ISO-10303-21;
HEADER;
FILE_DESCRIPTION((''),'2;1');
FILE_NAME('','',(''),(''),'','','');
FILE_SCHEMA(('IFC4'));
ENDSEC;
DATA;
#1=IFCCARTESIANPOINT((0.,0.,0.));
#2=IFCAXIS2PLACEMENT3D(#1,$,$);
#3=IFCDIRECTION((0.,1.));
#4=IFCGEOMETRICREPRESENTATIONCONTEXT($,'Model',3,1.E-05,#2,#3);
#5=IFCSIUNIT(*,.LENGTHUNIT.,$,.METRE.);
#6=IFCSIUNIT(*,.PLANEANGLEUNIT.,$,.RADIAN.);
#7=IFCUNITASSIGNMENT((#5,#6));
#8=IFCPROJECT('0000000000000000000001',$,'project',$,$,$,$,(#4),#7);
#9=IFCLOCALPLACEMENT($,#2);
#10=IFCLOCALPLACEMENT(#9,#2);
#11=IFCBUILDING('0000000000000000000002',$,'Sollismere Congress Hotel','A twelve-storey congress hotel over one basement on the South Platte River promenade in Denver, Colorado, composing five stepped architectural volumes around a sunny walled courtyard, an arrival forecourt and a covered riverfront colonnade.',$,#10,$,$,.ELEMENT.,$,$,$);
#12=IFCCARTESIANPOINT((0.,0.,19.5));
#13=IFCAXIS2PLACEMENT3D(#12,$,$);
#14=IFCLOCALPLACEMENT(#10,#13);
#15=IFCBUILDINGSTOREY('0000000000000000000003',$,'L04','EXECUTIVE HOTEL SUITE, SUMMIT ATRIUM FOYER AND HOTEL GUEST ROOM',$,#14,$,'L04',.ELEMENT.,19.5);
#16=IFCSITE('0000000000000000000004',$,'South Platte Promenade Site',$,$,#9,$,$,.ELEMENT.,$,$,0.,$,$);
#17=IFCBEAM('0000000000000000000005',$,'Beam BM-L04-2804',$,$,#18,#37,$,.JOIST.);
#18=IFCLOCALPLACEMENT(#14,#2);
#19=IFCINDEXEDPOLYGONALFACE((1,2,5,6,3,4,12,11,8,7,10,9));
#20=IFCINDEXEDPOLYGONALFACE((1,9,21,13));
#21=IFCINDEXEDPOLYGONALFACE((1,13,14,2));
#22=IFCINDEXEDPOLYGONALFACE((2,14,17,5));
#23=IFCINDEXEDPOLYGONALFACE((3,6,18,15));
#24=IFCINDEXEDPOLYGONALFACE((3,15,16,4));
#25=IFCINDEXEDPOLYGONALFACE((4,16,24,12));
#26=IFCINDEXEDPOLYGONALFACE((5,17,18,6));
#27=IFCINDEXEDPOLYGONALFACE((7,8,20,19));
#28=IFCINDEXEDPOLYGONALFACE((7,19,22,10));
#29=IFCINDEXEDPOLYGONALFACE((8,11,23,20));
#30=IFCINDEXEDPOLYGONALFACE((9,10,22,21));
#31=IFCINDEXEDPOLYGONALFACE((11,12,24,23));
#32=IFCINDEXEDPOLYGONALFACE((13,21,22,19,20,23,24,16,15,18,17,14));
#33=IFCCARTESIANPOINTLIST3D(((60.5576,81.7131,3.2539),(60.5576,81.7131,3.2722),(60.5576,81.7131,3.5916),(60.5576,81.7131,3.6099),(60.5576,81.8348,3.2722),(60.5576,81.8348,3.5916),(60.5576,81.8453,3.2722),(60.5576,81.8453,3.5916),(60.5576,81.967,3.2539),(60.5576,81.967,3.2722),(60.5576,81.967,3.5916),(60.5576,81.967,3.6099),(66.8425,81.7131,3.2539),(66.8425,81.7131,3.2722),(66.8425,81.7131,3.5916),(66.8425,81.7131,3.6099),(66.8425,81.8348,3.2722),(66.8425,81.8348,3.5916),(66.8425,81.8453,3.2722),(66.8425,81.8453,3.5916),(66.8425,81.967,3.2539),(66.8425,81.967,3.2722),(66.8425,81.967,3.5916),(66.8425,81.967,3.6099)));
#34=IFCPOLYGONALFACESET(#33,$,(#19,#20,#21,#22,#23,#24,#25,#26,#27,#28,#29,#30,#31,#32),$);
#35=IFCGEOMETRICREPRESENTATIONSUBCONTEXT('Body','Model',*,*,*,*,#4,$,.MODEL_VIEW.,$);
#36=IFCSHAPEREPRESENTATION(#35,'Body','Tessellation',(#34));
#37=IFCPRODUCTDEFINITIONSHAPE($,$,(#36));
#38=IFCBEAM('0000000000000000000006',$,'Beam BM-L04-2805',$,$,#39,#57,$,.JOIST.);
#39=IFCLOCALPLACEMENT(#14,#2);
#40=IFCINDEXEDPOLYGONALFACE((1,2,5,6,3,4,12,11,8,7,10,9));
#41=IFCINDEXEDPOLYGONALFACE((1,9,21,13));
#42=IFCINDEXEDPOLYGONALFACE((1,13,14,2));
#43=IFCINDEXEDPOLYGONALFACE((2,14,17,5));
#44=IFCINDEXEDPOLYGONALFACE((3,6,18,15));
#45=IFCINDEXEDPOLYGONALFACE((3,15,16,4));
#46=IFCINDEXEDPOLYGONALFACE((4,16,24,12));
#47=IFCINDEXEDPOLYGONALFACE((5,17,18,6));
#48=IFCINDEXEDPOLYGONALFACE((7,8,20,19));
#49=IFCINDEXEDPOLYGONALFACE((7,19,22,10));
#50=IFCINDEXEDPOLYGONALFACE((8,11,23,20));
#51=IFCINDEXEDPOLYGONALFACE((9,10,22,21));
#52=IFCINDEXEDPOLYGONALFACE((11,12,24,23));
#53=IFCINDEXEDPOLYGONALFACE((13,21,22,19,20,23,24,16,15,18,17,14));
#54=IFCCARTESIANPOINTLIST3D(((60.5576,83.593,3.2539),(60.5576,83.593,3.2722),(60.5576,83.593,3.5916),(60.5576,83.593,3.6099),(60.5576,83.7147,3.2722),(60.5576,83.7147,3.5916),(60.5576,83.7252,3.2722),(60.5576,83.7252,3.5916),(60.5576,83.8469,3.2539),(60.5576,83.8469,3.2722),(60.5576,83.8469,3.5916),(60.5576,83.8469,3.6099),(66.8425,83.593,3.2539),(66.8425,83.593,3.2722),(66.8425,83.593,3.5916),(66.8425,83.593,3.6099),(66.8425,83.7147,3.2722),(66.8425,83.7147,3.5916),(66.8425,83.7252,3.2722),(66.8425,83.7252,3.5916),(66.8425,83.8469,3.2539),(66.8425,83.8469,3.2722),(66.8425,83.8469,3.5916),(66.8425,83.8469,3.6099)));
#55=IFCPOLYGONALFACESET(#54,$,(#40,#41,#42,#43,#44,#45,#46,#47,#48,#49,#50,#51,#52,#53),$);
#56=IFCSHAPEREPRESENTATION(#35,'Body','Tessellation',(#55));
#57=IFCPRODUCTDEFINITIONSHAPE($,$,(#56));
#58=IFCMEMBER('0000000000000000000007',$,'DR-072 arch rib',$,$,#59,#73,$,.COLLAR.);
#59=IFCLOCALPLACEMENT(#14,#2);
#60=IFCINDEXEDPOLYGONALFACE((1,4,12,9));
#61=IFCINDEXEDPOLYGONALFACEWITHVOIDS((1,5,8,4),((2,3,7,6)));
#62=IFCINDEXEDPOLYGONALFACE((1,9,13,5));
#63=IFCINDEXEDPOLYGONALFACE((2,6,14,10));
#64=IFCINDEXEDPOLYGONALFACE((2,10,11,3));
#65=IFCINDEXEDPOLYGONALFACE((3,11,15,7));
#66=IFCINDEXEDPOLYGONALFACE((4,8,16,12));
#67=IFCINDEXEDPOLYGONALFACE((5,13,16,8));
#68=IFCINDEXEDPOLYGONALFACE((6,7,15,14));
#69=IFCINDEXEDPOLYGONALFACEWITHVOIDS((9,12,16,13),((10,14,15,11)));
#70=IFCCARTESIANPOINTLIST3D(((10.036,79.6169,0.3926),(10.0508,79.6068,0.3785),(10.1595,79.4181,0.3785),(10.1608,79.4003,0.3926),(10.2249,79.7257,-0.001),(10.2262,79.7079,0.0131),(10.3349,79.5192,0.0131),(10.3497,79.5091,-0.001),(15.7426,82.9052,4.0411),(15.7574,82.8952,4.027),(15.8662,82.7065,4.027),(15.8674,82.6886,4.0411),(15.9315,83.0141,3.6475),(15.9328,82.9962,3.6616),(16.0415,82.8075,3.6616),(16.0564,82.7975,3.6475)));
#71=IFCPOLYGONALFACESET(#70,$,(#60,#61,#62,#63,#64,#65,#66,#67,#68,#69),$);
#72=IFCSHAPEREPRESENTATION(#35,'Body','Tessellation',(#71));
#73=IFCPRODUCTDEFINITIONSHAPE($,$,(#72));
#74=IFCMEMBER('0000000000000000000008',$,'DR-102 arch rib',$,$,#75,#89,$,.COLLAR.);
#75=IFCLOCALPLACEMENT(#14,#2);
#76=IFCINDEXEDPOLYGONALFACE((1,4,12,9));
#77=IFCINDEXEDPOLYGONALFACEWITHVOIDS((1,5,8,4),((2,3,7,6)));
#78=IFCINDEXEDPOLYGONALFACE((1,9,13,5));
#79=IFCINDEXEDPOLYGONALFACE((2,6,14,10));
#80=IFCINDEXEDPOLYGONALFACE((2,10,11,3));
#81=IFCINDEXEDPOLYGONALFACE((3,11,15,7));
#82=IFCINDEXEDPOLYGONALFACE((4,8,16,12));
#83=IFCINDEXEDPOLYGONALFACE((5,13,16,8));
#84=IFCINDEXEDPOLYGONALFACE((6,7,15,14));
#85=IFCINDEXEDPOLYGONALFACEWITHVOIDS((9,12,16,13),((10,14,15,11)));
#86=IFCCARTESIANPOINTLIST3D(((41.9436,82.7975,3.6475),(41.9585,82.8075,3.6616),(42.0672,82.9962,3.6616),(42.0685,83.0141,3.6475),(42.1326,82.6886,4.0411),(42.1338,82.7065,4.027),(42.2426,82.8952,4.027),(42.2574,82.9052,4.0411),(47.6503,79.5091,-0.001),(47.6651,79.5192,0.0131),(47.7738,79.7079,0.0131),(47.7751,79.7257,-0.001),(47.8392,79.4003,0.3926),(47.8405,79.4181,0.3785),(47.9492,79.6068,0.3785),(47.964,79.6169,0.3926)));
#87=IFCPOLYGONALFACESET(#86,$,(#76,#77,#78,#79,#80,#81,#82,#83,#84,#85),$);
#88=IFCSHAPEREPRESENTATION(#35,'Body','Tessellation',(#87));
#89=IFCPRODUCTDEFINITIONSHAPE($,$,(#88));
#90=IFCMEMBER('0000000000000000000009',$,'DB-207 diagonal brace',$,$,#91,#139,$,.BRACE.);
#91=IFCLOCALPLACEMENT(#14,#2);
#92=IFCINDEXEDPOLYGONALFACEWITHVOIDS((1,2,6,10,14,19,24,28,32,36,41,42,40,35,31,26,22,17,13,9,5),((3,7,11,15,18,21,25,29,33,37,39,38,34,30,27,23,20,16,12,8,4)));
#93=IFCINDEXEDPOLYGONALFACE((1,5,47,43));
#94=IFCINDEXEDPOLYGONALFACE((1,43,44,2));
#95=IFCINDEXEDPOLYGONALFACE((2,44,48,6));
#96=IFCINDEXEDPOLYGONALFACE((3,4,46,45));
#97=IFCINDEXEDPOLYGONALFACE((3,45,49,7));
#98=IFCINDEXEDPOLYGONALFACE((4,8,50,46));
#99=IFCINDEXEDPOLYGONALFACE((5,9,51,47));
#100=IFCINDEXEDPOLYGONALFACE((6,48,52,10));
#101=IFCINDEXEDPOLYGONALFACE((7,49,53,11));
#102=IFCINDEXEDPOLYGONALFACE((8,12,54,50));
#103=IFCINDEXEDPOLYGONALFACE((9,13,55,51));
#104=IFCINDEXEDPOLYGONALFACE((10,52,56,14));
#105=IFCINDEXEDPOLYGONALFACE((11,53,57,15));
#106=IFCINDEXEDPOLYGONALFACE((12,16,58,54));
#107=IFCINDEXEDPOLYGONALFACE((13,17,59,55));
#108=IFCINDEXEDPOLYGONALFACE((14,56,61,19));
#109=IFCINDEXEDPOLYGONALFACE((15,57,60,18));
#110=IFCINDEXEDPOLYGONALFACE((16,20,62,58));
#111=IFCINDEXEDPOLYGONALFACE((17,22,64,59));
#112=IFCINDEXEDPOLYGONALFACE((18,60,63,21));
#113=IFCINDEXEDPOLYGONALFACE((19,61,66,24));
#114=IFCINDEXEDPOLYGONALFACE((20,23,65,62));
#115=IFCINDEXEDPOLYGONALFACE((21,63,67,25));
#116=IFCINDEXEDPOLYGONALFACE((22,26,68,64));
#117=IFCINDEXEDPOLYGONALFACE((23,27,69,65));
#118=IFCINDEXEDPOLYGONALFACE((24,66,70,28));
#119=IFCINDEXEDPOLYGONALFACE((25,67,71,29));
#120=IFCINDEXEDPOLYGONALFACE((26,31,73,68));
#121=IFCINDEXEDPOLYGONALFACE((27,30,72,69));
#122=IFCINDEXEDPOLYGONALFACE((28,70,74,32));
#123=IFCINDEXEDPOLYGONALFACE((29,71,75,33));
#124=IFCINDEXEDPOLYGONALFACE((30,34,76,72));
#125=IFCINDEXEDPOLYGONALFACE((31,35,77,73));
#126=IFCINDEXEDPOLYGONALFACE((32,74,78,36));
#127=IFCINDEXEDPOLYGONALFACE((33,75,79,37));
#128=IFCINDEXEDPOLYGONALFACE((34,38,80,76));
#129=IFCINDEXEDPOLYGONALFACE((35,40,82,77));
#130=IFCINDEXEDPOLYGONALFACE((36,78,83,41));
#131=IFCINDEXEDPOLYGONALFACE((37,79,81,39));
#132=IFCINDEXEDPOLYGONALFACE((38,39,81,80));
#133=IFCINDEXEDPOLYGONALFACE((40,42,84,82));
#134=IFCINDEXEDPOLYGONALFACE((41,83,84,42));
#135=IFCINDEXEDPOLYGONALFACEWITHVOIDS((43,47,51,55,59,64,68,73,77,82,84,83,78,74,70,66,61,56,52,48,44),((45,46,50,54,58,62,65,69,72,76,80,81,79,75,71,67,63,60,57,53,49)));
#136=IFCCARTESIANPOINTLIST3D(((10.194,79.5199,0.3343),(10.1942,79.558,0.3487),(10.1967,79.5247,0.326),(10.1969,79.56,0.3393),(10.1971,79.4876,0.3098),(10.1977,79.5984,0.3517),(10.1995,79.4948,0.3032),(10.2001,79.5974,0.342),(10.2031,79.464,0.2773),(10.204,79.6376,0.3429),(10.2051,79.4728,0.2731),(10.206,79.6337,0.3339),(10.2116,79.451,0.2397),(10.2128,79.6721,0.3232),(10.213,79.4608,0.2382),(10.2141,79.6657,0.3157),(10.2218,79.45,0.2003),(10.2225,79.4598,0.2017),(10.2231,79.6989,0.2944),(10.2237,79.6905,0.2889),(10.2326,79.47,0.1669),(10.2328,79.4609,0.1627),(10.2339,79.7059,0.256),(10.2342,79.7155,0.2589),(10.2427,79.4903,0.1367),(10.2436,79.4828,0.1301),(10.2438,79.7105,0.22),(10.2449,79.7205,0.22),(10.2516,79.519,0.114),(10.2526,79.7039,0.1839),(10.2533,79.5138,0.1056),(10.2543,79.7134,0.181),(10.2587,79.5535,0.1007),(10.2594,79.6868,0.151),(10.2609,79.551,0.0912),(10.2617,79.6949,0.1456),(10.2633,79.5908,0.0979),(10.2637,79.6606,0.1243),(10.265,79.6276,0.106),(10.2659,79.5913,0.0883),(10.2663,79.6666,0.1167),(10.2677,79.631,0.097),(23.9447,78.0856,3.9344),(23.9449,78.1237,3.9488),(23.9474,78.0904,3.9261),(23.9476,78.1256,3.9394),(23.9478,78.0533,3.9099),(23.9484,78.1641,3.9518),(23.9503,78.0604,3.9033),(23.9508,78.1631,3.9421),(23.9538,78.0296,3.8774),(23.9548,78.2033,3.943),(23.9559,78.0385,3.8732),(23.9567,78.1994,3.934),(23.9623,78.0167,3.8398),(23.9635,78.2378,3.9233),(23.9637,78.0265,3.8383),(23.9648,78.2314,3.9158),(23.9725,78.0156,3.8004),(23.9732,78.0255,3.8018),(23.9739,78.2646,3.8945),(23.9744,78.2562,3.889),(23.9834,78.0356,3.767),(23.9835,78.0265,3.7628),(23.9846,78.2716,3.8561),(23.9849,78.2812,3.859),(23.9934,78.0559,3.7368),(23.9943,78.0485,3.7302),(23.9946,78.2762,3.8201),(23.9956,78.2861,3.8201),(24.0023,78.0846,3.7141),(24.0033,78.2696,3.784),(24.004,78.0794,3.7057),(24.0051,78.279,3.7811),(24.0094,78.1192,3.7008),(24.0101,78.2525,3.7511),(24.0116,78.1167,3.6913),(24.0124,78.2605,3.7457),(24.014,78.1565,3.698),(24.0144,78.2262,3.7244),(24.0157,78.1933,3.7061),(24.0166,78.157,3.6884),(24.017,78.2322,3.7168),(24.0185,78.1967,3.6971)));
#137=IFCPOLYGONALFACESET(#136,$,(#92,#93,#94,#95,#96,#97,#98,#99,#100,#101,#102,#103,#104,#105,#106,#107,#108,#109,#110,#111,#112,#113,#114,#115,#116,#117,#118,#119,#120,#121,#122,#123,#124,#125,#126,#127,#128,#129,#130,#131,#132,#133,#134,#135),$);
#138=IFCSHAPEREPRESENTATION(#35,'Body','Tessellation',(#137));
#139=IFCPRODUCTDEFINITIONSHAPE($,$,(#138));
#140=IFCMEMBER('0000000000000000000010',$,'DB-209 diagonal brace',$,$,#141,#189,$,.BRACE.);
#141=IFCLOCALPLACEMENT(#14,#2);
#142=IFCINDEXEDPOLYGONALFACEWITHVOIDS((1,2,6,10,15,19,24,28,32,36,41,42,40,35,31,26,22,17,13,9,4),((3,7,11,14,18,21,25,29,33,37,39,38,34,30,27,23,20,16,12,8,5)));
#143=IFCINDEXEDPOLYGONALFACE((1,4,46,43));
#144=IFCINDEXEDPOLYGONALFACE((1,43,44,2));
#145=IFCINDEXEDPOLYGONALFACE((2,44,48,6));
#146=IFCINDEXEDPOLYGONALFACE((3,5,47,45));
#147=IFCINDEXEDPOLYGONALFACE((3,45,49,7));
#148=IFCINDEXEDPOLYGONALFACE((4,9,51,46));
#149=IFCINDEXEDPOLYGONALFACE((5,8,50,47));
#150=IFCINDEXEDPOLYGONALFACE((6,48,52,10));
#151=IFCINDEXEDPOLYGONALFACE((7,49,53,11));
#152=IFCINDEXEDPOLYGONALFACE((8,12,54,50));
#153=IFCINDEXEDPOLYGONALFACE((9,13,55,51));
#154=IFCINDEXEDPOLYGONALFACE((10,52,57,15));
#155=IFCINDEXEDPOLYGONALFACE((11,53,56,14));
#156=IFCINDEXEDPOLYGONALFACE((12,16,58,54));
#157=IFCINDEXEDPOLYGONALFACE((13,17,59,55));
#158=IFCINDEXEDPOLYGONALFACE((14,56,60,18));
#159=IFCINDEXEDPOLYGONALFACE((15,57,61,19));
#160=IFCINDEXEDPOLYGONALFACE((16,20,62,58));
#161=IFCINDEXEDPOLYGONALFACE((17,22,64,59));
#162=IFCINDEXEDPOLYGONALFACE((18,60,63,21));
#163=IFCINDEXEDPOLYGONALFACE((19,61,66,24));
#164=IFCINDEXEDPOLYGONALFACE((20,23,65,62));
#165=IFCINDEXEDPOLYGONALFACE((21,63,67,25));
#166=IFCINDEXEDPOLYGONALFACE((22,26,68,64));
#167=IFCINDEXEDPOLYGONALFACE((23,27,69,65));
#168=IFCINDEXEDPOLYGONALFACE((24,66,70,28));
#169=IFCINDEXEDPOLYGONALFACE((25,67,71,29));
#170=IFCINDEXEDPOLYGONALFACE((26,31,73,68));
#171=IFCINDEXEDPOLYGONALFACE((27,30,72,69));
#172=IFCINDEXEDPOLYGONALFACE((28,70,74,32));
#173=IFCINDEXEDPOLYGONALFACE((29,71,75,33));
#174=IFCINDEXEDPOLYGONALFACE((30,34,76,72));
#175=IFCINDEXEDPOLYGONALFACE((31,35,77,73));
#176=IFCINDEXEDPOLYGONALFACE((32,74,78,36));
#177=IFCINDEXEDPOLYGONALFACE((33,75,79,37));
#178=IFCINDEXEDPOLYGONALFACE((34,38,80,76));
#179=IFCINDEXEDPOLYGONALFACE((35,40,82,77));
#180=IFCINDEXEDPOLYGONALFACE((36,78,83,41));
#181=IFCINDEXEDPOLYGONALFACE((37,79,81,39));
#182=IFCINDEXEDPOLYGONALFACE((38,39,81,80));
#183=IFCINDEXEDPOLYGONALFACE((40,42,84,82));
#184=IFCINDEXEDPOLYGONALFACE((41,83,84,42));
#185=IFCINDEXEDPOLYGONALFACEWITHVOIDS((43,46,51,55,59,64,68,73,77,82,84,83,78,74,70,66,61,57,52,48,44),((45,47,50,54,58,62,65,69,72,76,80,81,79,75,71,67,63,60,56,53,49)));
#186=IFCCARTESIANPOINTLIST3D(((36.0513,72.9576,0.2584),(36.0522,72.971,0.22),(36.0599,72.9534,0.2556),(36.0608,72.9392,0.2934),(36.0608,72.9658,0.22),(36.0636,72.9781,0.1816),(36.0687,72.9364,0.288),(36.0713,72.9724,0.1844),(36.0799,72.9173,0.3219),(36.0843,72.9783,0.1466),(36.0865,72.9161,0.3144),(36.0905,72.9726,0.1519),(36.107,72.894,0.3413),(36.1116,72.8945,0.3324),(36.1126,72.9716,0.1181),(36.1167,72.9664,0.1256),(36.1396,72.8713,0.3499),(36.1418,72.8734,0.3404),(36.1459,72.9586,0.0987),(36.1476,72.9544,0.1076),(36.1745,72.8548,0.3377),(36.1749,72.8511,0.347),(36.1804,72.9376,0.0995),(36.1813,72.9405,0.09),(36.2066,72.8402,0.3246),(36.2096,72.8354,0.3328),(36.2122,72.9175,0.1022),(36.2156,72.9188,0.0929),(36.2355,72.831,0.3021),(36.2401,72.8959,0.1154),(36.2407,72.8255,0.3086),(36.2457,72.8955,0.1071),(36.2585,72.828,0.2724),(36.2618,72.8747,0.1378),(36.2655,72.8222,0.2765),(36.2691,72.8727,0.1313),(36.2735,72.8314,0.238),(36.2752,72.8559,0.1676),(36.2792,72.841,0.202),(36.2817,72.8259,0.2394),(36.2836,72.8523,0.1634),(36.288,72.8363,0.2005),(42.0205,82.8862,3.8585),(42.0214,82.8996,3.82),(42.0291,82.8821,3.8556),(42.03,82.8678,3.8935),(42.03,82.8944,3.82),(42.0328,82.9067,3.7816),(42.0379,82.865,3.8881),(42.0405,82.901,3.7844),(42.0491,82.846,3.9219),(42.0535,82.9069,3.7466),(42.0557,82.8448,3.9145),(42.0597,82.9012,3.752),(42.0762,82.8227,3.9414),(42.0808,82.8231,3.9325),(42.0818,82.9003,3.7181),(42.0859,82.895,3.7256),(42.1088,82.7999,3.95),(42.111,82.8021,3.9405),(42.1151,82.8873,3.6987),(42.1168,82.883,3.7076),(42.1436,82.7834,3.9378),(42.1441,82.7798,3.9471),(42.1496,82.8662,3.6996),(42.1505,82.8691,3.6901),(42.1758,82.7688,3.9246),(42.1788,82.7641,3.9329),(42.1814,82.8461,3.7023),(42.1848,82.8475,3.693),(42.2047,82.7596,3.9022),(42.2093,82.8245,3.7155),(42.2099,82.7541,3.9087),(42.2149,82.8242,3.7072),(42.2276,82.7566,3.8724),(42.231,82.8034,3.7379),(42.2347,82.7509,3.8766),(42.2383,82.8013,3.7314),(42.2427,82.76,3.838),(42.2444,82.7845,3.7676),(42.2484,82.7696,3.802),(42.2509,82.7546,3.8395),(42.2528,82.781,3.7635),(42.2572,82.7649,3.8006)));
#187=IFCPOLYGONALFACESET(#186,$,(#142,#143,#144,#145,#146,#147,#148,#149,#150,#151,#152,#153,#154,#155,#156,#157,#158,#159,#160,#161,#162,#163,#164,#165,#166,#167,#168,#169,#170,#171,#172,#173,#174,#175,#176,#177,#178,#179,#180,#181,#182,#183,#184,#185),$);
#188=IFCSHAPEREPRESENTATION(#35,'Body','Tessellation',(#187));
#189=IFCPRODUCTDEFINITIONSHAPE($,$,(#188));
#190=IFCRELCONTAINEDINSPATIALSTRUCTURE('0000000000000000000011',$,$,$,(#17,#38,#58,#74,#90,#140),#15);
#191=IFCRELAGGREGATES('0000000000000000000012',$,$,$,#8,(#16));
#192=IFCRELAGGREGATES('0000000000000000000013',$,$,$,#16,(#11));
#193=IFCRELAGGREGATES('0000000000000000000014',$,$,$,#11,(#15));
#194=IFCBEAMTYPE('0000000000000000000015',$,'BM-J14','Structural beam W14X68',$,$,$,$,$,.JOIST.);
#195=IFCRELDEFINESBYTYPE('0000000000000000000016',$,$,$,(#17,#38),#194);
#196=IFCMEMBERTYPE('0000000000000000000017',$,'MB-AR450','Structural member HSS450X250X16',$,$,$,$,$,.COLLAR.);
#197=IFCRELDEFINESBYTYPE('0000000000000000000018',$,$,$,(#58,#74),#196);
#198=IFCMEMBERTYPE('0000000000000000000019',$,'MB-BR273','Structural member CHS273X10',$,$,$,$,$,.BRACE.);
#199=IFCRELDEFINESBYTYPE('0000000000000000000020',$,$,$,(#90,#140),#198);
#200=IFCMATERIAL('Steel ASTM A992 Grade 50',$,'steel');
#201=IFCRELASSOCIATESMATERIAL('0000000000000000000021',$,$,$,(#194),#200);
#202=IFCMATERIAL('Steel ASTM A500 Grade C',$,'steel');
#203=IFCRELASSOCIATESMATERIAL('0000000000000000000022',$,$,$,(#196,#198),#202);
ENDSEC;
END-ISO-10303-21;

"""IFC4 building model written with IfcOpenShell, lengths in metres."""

from ifc_helpers import new_model, si_unit, direction, frame, origin, origin_2d, place, context, subcontext, project, spatial, hollow_rectangle, hollow_circle, i_section, extrude, material, material_profile, profile_set, type_object, element, save


model = new_model("IFC4")

# Units and contexts
model_context = context("Model", 3, precision=1e-05, world=origin(), true_north=direction((0.0, 1.0)))
body_context = subcontext(model_context, "Body", "Model", "MODEL_VIEW")
ifc_project = project(units=[si_unit("LENGTHUNIT", "METRE"), si_unit("PLANEANGLEUNIT", "RADIAN")], contexts=[model_context])

# Site, building, storey
site_placement = place(None, origin())
site = spatial("IfcSite", under=ifc_project, at=site_placement, Name="South Platte Promenade Site", CompositionType="ELEMENT", RefElevation=0.0)
building_placement = place(site_placement, origin())
building = spatial("IfcBuilding", under=site, at=building_placement, Name="Sollismere Congress Hotel", Description="A twelve-storey congress hotel over one basement on the South Platte River promenade in Denver, Colorado, composing five stepped architectural volumes around a sunny walled courtyard, an arrival forecourt and a covered riverfront colonnade.", CompositionType="ELEMENT")
storey_placement = place(building_placement, frame((0.0, 0.0, 19.5)))
storey = spatial("IfcBuildingStorey", under=building, at=storey_placement, Name="L04", Description="EXECUTIVE HOTEL SUITE, SUMMIT ATRIUM FOYER AND HOTEL GUEST ROOM", LongName="L04", CompositionType="ELEMENT", Elevation=19.5)

# Shared definitions
ifc_material_1 = material(Name="Steel ASTM A992 Grade 50", Category="steel")

# Beams
ifc_material_profile_1 = material_profile(ifc_material_1, i_section(OverallWidth=0.2539, OverallDepth=0.356, WebThickness=0.0105, FlangeThickness=0.0183, at=origin_2d()), Name="W14X68")
ifc_profile_set_1 = profile_set([ifc_material_profile_1], Name="Steel ASTM A992 Grade 50")
beam_type_1 = type_object("IfcBeamType", Name="BM-J14", Description="Structural beam W14X68", PredefinedType="JOIST", material=ifc_profile_set_1)
for number, where, z_axis, x_axis, name in (
    (1, (60.5576, 81.8401, 3.4319), (1.0, 0.0, 0.0), (0.0, 1.0, 0.0), "Beam BM-L04-2804"),
    (2, (60.5576, 83.72, 3.4319), (1.0, 0.0, 0.0), (0.0, 1.0, 0.0), "Beam BM-L04-2805"),
):
    element("IfcBeam", number, at=place(storey_placement, frame(where, z_axis=z_axis, x_axis=x_axis)), inside=storey, type_object=beam_type_1, Name=name, PredefinedType="JOIST", context=body_context, shape_type="SweptSolid", body=[
        extrude(i_section(OverallWidth=0.2539, OverallDepth=0.356, WebThickness=0.0105, FlangeThickness=0.0183, at=origin_2d()), origin(), (0.0, 0.0, 1.0), 6.2849),
    ])

# Members
ifc_material_2 = material(Name="Steel ASTM A500 Grade C", Category="steel")
ifc_material_profile_2 = material_profile(ifc_material_2, hollow_rectangle(XDim=0.25, YDim=0.45, WallThickness=0.0161, at=origin_2d()), Name="HSS450X250X16")
ifc_profile_set_2 = profile_set([ifc_material_profile_2], Name="Steel ASTM A500 Grade C")
member_type_1 = type_object("IfcMemberType", Name="MB-AR450", Description="Structural member HSS450X250X16", PredefinedType="COLLAR", material=ifc_profile_set_2)
for number, where, z_axis, x_axis, name in (
    (3, (10.1929, 79.563, 0.1958), (0.757922, 0.436744, 0.484572), (-0.499277, 0.866442, 0.0), "DR-072 arch rib"),
    (4, (47.8071, 79.563, 0.1958), (-0.757922, 0.436744, 0.484572), (-0.499277, -0.866442, 0.0), "DR-102 arch rib"),
):
    element("IfcMember", number, at=place(storey_placement, frame(where, z_axis=z_axis, x_axis=x_axis)), inside=storey, type_object=member_type_1, Name=name, PredefinedType="COLLAR", context=body_context, shape_type="SweptSolid", body=[
        extrude(hollow_rectangle(XDim=0.25, YDim=0.45, WallThickness=0.0161, at=origin_2d()), origin(), (0.0, 0.0, 1.0), 7.5293),
    ])
ifc_material_profile_3 = material_profile(ifc_material_2, hollow_circle(Radius=0.1365, WallThickness=0.01, at=origin_2d()), Name="CHS273X10")
ifc_profile_set_3 = profile_set([ifc_material_profile_3], Name="Steel ASTM A500 Grade C")
member_type_2 = type_object("IfcMemberType", Name="MB-BR273", Description="Structural member CHS273X10", PredefinedType="BRACE", material=ifc_profile_set_3)
member_1_placement = place(storey_placement, frame((10.2307, 79.5847, 0.22), z_axis=(0.962506, -0.100398, 0.251995), x_axis=(0.103746, 0.994604, 0.0)))
element("IfcMember", 5, at=member_1_placement, inside=storey, type_object=member_type_2, Name="DB-207 diagonal brace", PredefinedType="BRACE", context=body_context, shape_type="SweptSolid", body=[
    extrude(hollow_circle(Radius=0.1365, WallThickness=0.01, at=origin_2d()), origin(), (0.0, 0.0, 1.0), 14.2864),
])
member_2_placement = place(storey_placement, frame((36.1692, 72.9006, 0.22), z_axis=(0.492047, 0.818428, 0.296758), x_axis=(-0.857035, 0.515258, 0.0)))
element("IfcMember", 6, at=member_2_placement, inside=storey, type_object=member_type_2, Name="DB-209 diagonal brace", PredefinedType="BRACE", context=body_context, shape_type="SweptSolid", body=[
    extrude(hollow_circle(Radius=0.1365, WallThickness=0.01, at=origin_2d()), origin(), (0.0, 0.0, 1.0), 12.1313),
])

save(model, "model.ifc")
